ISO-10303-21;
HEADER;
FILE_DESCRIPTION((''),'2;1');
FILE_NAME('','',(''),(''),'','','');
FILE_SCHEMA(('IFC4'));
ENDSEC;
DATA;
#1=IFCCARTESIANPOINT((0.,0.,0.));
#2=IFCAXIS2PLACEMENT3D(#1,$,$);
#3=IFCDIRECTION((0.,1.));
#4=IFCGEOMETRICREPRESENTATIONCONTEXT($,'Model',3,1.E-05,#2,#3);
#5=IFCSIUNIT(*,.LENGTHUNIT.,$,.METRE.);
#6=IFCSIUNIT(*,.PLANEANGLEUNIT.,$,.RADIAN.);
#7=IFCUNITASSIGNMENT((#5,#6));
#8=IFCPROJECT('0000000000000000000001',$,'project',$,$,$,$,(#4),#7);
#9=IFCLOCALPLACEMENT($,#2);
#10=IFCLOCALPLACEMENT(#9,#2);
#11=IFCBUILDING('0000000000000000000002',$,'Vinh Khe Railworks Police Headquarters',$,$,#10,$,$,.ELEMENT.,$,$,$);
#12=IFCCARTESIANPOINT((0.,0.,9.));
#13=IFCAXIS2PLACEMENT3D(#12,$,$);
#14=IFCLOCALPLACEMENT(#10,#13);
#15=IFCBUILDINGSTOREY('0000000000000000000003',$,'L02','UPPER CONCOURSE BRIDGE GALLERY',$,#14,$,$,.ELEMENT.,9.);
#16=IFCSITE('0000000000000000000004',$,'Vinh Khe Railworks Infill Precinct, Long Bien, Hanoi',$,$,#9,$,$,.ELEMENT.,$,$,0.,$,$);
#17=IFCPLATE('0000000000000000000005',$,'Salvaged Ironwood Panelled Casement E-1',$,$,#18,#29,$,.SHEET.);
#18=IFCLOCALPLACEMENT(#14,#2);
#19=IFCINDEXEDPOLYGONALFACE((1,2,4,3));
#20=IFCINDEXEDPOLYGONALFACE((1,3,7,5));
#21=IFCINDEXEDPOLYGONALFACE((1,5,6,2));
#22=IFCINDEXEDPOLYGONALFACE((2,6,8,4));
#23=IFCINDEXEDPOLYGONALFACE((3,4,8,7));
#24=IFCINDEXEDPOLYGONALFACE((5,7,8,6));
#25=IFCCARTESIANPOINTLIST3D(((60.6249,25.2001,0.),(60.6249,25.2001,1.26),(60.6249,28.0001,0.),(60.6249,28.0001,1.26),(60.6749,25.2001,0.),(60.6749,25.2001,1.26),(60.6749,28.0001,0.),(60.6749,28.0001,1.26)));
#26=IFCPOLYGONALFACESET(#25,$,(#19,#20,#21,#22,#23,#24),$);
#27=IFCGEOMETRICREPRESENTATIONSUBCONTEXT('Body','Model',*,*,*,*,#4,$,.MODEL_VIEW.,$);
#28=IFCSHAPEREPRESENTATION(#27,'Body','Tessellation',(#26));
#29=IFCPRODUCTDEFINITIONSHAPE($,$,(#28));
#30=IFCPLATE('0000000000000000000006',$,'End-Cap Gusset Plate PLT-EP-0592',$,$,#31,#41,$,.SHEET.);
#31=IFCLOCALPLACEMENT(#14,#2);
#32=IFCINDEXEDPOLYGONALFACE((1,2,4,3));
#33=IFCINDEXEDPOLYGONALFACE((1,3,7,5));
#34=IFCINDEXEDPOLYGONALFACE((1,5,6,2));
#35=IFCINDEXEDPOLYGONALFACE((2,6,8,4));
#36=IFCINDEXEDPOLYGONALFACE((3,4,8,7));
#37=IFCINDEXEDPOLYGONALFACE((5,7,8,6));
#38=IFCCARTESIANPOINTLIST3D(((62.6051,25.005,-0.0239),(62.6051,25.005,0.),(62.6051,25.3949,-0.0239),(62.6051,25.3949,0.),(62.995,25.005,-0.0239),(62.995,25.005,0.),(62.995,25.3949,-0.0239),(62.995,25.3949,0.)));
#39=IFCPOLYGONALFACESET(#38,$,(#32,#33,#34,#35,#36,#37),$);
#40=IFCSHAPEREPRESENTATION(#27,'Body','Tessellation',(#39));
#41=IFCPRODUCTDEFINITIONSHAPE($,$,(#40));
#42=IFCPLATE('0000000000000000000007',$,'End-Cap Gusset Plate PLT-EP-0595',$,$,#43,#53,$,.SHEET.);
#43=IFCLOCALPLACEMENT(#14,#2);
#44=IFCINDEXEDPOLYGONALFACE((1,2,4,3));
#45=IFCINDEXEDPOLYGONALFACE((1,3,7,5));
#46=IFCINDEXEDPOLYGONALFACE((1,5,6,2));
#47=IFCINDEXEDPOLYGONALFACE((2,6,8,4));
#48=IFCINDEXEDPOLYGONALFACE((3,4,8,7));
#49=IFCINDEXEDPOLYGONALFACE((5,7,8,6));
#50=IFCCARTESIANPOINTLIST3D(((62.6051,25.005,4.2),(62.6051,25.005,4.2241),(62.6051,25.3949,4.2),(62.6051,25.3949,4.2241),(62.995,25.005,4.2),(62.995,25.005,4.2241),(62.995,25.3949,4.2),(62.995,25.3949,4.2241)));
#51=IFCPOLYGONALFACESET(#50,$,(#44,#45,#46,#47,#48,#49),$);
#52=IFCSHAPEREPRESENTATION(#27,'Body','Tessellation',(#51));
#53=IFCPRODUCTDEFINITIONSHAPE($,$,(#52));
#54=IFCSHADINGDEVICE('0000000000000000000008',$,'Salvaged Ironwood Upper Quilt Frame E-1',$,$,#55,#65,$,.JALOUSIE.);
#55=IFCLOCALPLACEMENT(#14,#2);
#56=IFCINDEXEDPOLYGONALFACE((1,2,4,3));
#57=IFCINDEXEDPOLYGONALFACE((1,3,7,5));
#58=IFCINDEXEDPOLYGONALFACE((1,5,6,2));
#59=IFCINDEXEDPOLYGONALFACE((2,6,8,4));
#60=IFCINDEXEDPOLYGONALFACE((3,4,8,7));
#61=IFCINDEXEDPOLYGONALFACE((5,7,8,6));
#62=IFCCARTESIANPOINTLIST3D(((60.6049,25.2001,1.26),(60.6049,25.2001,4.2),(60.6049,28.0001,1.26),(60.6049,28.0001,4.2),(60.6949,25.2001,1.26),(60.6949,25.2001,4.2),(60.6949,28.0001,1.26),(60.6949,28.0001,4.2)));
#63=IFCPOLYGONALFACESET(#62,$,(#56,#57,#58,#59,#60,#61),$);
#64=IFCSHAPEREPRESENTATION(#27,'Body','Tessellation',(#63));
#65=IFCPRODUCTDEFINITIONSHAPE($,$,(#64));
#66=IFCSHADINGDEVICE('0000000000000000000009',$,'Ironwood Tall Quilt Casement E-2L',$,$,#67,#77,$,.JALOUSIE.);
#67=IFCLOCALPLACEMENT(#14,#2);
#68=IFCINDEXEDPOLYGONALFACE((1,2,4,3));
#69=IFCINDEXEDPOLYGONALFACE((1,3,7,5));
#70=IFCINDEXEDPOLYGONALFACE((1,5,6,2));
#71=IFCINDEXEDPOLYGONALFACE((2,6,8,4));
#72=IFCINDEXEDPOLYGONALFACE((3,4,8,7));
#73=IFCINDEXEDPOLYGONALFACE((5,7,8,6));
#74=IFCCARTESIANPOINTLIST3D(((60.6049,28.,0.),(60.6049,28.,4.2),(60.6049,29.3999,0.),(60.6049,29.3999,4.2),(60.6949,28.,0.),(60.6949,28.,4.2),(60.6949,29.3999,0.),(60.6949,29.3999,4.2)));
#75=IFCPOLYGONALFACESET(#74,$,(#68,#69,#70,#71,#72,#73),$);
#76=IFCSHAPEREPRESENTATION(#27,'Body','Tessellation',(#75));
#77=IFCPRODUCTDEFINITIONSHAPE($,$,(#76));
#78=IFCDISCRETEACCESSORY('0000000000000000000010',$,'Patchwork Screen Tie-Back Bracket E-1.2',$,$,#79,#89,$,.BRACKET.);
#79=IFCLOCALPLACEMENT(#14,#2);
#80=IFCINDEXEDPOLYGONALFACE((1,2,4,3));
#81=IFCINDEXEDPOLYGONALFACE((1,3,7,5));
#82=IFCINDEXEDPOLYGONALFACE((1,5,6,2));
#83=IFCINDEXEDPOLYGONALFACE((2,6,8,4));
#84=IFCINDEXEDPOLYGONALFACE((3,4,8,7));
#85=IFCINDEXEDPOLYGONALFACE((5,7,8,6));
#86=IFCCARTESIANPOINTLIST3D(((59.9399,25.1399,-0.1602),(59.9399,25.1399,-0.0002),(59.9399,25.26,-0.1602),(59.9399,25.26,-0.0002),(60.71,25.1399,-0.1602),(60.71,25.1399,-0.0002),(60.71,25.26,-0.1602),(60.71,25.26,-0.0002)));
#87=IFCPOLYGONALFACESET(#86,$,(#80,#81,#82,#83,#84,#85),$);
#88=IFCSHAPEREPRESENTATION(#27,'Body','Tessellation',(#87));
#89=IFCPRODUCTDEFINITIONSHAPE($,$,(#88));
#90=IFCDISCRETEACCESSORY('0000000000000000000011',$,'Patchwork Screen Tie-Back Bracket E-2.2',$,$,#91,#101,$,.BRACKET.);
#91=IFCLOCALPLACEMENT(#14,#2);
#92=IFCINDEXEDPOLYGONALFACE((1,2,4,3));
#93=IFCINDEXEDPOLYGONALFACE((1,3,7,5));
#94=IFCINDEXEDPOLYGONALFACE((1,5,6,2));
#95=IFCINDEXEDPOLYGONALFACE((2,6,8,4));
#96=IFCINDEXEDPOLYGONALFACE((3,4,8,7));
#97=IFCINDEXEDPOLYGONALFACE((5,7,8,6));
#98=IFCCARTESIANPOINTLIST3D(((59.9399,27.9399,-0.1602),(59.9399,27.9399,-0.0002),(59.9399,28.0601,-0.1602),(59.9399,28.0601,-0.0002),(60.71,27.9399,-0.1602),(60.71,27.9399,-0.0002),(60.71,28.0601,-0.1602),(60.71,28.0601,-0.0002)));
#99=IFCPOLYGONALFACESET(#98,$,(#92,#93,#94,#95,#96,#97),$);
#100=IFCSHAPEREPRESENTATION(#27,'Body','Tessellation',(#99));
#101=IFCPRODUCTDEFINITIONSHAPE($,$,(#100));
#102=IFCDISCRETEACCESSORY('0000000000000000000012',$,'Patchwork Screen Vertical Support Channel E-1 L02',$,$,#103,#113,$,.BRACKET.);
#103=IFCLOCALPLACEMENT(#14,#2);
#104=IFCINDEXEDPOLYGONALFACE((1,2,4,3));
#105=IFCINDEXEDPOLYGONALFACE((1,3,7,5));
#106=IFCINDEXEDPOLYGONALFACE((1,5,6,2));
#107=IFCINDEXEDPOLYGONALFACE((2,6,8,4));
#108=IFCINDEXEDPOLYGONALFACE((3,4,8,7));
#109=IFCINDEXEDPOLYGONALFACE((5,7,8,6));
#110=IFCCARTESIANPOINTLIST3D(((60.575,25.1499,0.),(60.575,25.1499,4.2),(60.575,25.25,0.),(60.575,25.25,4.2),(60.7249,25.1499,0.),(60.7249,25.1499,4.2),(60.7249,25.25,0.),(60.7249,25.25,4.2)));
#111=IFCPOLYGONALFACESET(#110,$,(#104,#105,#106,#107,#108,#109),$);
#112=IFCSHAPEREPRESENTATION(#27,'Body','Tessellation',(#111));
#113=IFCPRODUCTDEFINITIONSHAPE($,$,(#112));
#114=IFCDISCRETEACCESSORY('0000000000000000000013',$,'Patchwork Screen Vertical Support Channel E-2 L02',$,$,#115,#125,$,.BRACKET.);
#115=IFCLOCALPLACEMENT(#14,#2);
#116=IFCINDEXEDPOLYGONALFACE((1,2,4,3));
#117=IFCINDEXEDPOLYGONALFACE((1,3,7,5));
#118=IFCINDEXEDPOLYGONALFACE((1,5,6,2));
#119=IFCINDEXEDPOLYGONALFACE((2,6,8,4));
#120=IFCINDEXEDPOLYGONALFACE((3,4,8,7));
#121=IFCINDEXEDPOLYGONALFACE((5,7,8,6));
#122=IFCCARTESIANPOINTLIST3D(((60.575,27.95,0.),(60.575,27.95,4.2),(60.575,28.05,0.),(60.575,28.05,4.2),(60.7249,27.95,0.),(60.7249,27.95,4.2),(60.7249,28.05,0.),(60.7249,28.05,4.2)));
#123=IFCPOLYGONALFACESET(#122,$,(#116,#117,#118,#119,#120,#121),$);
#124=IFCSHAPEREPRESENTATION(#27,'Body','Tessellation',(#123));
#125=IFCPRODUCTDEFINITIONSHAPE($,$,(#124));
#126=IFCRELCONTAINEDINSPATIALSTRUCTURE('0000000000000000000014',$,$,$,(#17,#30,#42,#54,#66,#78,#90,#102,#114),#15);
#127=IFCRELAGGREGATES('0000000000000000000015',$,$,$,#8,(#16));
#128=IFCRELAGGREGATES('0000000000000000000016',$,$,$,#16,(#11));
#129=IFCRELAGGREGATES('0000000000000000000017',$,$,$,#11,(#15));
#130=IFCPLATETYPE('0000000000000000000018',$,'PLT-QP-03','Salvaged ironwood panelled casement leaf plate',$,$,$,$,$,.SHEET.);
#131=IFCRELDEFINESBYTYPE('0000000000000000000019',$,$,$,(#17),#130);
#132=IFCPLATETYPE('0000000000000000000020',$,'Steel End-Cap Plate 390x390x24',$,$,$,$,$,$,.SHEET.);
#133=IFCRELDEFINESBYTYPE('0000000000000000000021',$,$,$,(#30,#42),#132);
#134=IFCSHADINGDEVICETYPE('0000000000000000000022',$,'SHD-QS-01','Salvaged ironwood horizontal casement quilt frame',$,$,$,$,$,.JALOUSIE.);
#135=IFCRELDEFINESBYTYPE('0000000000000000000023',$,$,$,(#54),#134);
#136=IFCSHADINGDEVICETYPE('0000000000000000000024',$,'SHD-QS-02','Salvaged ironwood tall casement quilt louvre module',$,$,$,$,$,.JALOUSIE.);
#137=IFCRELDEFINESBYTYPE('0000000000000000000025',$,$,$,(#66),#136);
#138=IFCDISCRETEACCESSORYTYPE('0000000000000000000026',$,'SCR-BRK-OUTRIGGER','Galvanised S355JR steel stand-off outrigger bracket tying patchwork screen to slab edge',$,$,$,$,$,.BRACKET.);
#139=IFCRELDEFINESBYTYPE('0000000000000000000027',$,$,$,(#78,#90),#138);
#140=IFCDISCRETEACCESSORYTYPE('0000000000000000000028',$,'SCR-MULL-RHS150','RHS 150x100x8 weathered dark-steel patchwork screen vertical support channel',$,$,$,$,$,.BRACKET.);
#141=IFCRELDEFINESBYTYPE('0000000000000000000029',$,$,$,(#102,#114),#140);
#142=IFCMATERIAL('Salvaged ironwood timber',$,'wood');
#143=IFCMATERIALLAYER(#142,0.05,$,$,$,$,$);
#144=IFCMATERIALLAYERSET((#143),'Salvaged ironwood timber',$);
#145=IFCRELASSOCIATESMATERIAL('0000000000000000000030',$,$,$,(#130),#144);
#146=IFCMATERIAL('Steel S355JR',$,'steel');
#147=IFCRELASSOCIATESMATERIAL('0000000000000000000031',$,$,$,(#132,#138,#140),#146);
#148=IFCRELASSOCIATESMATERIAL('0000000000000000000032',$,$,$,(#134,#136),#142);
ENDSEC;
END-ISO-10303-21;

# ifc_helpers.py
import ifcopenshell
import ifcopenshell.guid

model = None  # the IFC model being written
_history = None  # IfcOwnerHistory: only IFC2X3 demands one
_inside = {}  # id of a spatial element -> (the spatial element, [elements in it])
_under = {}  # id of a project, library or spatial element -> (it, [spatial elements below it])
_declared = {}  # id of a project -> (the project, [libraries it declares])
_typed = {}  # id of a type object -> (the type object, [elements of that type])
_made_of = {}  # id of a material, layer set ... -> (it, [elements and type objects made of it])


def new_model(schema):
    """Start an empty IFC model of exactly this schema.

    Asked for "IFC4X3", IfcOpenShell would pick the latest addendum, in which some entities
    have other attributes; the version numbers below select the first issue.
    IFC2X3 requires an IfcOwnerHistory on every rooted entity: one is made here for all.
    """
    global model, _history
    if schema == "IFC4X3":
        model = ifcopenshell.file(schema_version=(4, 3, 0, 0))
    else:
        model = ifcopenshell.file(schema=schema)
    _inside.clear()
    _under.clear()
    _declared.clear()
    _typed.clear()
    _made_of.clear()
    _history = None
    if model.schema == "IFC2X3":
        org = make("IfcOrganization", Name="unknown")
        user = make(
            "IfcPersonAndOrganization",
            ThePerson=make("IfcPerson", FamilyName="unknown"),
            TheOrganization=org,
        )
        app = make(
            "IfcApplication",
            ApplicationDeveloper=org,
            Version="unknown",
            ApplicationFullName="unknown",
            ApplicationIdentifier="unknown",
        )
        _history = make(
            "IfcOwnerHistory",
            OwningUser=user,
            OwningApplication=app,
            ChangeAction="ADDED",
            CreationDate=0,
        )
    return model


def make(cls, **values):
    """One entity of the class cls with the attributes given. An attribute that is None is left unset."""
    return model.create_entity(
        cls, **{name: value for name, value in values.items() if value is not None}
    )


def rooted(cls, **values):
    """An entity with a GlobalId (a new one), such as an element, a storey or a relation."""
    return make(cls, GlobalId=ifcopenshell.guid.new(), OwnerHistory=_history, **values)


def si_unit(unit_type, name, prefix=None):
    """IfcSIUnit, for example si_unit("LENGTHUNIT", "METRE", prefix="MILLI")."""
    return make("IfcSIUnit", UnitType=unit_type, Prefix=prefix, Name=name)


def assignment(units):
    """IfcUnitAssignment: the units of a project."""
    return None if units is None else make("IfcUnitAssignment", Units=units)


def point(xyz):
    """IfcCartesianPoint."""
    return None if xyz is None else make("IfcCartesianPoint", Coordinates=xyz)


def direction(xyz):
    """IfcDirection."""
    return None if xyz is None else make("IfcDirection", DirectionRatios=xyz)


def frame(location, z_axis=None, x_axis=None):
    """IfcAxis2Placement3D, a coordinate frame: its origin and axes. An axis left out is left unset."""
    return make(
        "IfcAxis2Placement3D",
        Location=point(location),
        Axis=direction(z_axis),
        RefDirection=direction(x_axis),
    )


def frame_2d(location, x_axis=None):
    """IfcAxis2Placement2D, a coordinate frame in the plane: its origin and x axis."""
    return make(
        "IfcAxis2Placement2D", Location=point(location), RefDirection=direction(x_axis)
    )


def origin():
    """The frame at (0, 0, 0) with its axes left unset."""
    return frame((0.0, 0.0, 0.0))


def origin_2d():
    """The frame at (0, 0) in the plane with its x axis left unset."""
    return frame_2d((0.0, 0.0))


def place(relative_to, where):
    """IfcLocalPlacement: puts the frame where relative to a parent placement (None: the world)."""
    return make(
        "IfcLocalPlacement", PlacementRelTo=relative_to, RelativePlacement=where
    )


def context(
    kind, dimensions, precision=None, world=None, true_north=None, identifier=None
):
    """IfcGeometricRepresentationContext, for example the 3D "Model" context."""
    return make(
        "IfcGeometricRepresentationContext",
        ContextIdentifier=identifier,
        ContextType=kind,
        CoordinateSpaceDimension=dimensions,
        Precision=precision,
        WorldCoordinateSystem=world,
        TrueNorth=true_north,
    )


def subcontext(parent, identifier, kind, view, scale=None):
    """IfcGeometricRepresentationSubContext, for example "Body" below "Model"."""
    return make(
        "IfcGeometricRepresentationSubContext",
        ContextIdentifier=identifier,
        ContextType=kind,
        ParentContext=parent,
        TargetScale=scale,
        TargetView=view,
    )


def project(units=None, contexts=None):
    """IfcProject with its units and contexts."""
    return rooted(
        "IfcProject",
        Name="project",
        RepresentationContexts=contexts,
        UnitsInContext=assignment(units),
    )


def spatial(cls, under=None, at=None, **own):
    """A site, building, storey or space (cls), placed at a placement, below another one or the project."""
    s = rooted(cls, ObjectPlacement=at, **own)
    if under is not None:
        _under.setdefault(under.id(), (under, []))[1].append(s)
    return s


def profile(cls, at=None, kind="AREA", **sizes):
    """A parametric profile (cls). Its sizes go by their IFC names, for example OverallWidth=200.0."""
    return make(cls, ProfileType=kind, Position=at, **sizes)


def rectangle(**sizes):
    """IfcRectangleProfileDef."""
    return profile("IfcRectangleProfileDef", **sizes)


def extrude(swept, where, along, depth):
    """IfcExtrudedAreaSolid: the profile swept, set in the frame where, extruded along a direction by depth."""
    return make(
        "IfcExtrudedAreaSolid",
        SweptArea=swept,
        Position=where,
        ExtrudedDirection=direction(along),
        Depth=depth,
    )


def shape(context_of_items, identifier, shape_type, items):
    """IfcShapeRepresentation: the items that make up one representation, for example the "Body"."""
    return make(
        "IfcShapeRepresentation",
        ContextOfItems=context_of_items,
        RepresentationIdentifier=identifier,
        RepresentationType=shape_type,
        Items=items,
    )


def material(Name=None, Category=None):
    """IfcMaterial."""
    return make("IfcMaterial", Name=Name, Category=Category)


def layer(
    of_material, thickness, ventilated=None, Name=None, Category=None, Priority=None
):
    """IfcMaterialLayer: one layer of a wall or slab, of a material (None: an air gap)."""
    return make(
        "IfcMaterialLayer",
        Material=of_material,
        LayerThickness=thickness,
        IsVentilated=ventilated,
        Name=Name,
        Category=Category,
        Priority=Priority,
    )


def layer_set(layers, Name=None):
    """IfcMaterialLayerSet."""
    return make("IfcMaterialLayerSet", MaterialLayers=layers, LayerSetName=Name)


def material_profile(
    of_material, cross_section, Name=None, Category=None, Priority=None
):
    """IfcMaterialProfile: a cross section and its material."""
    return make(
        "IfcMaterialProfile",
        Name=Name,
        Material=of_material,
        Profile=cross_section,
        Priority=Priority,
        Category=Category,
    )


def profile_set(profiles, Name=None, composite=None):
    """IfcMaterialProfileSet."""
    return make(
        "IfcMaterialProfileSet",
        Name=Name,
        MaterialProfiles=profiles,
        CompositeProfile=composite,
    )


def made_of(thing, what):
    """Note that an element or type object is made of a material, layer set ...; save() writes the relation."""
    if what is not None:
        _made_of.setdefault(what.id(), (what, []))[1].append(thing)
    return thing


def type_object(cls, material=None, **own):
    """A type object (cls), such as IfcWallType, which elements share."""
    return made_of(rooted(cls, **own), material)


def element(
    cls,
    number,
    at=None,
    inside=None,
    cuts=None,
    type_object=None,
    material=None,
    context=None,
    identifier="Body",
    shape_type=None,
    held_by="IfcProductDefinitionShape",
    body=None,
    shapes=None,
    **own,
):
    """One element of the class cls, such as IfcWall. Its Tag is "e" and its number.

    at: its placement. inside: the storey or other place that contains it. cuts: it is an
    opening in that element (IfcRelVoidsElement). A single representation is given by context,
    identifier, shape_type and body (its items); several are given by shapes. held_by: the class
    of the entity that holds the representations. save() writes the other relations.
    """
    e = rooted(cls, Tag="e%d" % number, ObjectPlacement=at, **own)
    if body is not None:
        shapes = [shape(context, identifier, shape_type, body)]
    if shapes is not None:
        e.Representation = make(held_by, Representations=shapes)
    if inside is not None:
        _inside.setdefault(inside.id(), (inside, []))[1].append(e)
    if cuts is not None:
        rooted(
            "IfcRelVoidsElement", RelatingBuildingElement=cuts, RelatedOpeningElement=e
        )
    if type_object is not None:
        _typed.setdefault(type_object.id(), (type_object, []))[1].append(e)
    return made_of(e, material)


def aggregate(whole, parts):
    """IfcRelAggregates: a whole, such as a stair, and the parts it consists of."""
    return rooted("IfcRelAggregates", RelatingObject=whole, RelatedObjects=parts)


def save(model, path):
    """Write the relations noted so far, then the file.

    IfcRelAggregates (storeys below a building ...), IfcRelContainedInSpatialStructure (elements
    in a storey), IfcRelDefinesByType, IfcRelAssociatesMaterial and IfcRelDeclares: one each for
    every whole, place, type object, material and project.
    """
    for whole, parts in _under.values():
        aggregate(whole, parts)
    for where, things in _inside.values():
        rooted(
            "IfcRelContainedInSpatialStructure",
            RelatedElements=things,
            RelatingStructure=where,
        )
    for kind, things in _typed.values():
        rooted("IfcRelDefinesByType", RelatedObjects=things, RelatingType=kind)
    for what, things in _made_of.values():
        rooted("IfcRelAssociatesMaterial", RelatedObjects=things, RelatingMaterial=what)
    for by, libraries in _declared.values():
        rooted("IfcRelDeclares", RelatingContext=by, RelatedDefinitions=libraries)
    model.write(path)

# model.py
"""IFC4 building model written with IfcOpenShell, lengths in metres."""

from ifc_helpers import new_model, si_unit, direction, frame, origin, origin_2d, place, context, subcontext, project, spatial, rectangle, extrude, material, layer, layer_set, material_profile, profile_set, type_object, element, save


model = new_model("IFC4")

# Units and contexts
model_context = context("Model", 3, precision=1e-05, world=origin(), true_north=direction((0.0, 1.0)))
body_context = subcontext(model_context, "Body", "Model", "MODEL_VIEW")
ifc_project = project(units=[si_unit("LENGTHUNIT", "METRE"), si_unit("PLANEANGLEUNIT", "RADIAN")], contexts=[model_context])

# Site, building, storey
site_placement = place(None, origin())
site = spatial("IfcSite", under=ifc_project, at=site_placement, Name="Vinh Khe Railworks Infill Precinct, Long Bien, Hanoi", CompositionType="ELEMENT", RefElevation=0.0)
building_placement = place(site_placement, origin())
building = spatial("IfcBuilding", under=site, at=building_placement, Name="Vinh Khe Railworks Police Headquarters", CompositionType="ELEMENT")
storey_placement = place(building_placement, frame((0.0, 0.0, 9.0)))
storey = spatial("IfcBuildingStorey", under=building, at=storey_placement, Name="L02", Description="UPPER CONCOURSE BRIDGE GALLERY", CompositionType="ELEMENT", Elevation=9.0)

# Shared definitions
ifc_material_1 = material(Name="Steel S355JR", Category="steel")

# Shared definitions
ifc_material_2 = material(Name="Salvaged ironwood timber", Category="wood")

# Plates
ifc_layer_1 = layer(ifc_material_2, 0.05)
ifc_layer_set_1 = layer_set([ifc_layer_1], Name="Salvaged ironwood timber")
plate_type_1 = type_object("IfcPlateType", Name="PLT-QP-03", Description="Salvaged ironwood panelled casement leaf plate", PredefinedType="SHEET", material=ifc_layer_set_1)
plate_1_placement = place(storey_placement, frame((60.6499, 26.6001, 0.0), z_axis=(0.0, 0.0, 1.0), x_axis=(0.0, 1.0, 0.0)))
element("IfcPlate", 1, at=plate_1_placement, inside=storey, type_object=plate_type_1, Name="Salvaged Ironwood Panelled Casement E-1", PredefinedType="SHEET", context=body_context, shape_type="SweptSolid", body=[
    extrude(rectangle(XDim=2.8, YDim=0.05, at=origin_2d()), origin(), (0.0, 0.0, 1.0), 1.26),
])
ifc_material_profile_1 = material_profile(ifc_material_1, rectangle(XDim=0.3899, YDim=0.3899, at=origin_2d()), Name="PL 390x390")
ifc_profile_set_1 = profile_set([ifc_material_profile_1], Name="Steel S355JR")
plate_type_2 = type_object("IfcPlateType", Name="Steel End-Cap Plate 390x390x24", PredefinedType="SHEET", material=ifc_profile_set_1)
plate_2_placement = place(storey_placement, frame((62.8, 25.2, 0.0), z_axis=(0.0, 0.0, -1.0), x_axis=(1.0, 0.0, 0.0)))
element("IfcPlate", 2, at=plate_2_placement, inside=storey, type_object=plate_type_2, Name="End-Cap Gusset Plate PLT-EP-0592", PredefinedType="SHEET", context=body_context, shape_type="SweptSolid", body=[
    extrude(rectangle(XDim=0.3899, YDim=0.3899, at=origin_2d()), origin(), (0.0, 0.0, 1.0), 0.0239),
])
plate_3_placement = place(storey_placement, frame((62.8, 25.2, 4.2), z_axis=(0.0, 0.0, 1.0), x_axis=(1.0, 0.0, 0.0)))
element("IfcPlate", 3, at=plate_3_placement, inside=storey, type_object=plate_type_2, Name="End-Cap Gusset Plate PLT-EP-0595", PredefinedType="SHEET", context=body_context, shape_type="SweptSolid", body=[
    extrude(rectangle(XDim=0.3899, YDim=0.3899, at=origin_2d()), origin(), (0.0, 0.0, 1.0), 0.0242),
])

# Shading devices
shading_device_type_1 = type_object("IfcShadingDeviceType", Name="SHD-QS-01", Description="Salvaged ironwood horizontal casement quilt frame", PredefinedType="JALOUSIE", material=ifc_material_2)
shading_device_1_placement = place(storey_placement, frame((60.6499, 26.6001, 1.26), z_axis=(0.0, 0.0, 1.0), x_axis=(0.0, 1.0, 0.0)))
element("IfcShadingDevice", 4, at=shading_device_1_placement, inside=storey, type_object=shading_device_type_1, Name="Salvaged Ironwood Upper Quilt Frame E-1", PredefinedType="JALOUSIE", context=body_context, shape_type="SweptSolid", body=[
    extrude(rectangle(XDim=2.8, YDim=0.0901, at=origin_2d()), origin(), (0.0, 0.0, 1.0), 2.9399),
])
shading_device_type_2 = type_object("IfcShadingDeviceType", Name="SHD-QS-02", Description="Salvaged ironwood tall casement quilt louvre module", PredefinedType="JALOUSIE", material=ifc_material_2)
shading_device_2_placement = place(storey_placement, frame((60.6499, 28.7, 0.0), z_axis=(0.0, 0.0, 1.0), x_axis=(0.0, 1.0, 0.0)))
element("IfcShadingDevice", 5, at=shading_device_2_placement, inside=storey, type_object=shading_device_type_2, Name="Ironwood Tall Quilt Casement E-2L", PredefinedType="JALOUSIE", context=body_context, shape_type="SweptSolid", body=[
    extrude(rectangle(XDim=1.3999, YDim=0.0901, at=origin_2d()), origin(), (0.0, 0.0, 1.0), 4.2),
])

# Discrete accessories
discrete_accessory_type_1 = type_object("IfcDiscreteAccessoryType", Name="SCR-BRK-OUTRIGGER", Description="Galvanised S355JR steel stand-off outrigger bracket tying patchwork screen to slab edge", PredefinedType="BRACKET", material=ifc_material_1)
for number, where, z_axis, x_axis, name in (
    (6, (60.325, 25.2, -0.1602), (0.0, 0.0, 1.0), (1.0, 0.0, 0.0), "Patchwork Screen Tie-Back Bracket E-1.2"),
    (7, (60.325, 28.0, -0.1602), (0.0, 0.0, 1.0), (1.0, 0.0, 0.0), "Patchwork Screen Tie-Back Bracket E-2.2"),
):
    element("IfcDiscreteAccessory", number, at=place(storey_placement, frame(where, z_axis=z_axis, x_axis=x_axis)), inside=storey, type_object=discrete_accessory_type_1, Name=name, PredefinedType="BRACKET", context=body_context, shape_type="SweptSolid", body=[
        extrude(rectangle(XDim=0.77, YDim=0.1201, at=origin_2d()), origin(), (0.0, 0.0, 1.0), 0.1599),
    ])
discrete_accessory_type_2 = type_object("IfcDiscreteAccessoryType", Name="SCR-MULL-RHS150", Description="RHS 150x100x8 weathered dark-steel patchwork screen vertical support channel", PredefinedType="BRACKET", material=ifc_material_1)
for number, where, z_axis, x_axis, name in (
    (8, (60.6499, 25.2, 0.0), (0.0, 0.0, 1.0), (1.0, 0.0, 0.0), "Patchwork Screen Vertical Support Channel E-1 L02"),
    (9, (60.6499, 28.0, 0.0), (0.0, 0.0, 1.0), (1.0, 0.0, 0.0), "Patchwork Screen Vertical Support Channel E-2 L02"),
):
    element("IfcDiscreteAccessory", number, at=place(storey_placement, frame(where, z_axis=z_axis, x_axis=x_axis)), inside=storey, type_object=discrete_accessory_type_2, Name=name, PredefinedType="BRACKET", context=body_context, shape_type="SweptSolid", body=[
        extrude(rectangle(XDim=0.1499, YDim=0.1001, at=origin_2d()), origin(), (0.0, 0.0, 1.0), 4.2),
    ])

save(model, "model.ifc")
